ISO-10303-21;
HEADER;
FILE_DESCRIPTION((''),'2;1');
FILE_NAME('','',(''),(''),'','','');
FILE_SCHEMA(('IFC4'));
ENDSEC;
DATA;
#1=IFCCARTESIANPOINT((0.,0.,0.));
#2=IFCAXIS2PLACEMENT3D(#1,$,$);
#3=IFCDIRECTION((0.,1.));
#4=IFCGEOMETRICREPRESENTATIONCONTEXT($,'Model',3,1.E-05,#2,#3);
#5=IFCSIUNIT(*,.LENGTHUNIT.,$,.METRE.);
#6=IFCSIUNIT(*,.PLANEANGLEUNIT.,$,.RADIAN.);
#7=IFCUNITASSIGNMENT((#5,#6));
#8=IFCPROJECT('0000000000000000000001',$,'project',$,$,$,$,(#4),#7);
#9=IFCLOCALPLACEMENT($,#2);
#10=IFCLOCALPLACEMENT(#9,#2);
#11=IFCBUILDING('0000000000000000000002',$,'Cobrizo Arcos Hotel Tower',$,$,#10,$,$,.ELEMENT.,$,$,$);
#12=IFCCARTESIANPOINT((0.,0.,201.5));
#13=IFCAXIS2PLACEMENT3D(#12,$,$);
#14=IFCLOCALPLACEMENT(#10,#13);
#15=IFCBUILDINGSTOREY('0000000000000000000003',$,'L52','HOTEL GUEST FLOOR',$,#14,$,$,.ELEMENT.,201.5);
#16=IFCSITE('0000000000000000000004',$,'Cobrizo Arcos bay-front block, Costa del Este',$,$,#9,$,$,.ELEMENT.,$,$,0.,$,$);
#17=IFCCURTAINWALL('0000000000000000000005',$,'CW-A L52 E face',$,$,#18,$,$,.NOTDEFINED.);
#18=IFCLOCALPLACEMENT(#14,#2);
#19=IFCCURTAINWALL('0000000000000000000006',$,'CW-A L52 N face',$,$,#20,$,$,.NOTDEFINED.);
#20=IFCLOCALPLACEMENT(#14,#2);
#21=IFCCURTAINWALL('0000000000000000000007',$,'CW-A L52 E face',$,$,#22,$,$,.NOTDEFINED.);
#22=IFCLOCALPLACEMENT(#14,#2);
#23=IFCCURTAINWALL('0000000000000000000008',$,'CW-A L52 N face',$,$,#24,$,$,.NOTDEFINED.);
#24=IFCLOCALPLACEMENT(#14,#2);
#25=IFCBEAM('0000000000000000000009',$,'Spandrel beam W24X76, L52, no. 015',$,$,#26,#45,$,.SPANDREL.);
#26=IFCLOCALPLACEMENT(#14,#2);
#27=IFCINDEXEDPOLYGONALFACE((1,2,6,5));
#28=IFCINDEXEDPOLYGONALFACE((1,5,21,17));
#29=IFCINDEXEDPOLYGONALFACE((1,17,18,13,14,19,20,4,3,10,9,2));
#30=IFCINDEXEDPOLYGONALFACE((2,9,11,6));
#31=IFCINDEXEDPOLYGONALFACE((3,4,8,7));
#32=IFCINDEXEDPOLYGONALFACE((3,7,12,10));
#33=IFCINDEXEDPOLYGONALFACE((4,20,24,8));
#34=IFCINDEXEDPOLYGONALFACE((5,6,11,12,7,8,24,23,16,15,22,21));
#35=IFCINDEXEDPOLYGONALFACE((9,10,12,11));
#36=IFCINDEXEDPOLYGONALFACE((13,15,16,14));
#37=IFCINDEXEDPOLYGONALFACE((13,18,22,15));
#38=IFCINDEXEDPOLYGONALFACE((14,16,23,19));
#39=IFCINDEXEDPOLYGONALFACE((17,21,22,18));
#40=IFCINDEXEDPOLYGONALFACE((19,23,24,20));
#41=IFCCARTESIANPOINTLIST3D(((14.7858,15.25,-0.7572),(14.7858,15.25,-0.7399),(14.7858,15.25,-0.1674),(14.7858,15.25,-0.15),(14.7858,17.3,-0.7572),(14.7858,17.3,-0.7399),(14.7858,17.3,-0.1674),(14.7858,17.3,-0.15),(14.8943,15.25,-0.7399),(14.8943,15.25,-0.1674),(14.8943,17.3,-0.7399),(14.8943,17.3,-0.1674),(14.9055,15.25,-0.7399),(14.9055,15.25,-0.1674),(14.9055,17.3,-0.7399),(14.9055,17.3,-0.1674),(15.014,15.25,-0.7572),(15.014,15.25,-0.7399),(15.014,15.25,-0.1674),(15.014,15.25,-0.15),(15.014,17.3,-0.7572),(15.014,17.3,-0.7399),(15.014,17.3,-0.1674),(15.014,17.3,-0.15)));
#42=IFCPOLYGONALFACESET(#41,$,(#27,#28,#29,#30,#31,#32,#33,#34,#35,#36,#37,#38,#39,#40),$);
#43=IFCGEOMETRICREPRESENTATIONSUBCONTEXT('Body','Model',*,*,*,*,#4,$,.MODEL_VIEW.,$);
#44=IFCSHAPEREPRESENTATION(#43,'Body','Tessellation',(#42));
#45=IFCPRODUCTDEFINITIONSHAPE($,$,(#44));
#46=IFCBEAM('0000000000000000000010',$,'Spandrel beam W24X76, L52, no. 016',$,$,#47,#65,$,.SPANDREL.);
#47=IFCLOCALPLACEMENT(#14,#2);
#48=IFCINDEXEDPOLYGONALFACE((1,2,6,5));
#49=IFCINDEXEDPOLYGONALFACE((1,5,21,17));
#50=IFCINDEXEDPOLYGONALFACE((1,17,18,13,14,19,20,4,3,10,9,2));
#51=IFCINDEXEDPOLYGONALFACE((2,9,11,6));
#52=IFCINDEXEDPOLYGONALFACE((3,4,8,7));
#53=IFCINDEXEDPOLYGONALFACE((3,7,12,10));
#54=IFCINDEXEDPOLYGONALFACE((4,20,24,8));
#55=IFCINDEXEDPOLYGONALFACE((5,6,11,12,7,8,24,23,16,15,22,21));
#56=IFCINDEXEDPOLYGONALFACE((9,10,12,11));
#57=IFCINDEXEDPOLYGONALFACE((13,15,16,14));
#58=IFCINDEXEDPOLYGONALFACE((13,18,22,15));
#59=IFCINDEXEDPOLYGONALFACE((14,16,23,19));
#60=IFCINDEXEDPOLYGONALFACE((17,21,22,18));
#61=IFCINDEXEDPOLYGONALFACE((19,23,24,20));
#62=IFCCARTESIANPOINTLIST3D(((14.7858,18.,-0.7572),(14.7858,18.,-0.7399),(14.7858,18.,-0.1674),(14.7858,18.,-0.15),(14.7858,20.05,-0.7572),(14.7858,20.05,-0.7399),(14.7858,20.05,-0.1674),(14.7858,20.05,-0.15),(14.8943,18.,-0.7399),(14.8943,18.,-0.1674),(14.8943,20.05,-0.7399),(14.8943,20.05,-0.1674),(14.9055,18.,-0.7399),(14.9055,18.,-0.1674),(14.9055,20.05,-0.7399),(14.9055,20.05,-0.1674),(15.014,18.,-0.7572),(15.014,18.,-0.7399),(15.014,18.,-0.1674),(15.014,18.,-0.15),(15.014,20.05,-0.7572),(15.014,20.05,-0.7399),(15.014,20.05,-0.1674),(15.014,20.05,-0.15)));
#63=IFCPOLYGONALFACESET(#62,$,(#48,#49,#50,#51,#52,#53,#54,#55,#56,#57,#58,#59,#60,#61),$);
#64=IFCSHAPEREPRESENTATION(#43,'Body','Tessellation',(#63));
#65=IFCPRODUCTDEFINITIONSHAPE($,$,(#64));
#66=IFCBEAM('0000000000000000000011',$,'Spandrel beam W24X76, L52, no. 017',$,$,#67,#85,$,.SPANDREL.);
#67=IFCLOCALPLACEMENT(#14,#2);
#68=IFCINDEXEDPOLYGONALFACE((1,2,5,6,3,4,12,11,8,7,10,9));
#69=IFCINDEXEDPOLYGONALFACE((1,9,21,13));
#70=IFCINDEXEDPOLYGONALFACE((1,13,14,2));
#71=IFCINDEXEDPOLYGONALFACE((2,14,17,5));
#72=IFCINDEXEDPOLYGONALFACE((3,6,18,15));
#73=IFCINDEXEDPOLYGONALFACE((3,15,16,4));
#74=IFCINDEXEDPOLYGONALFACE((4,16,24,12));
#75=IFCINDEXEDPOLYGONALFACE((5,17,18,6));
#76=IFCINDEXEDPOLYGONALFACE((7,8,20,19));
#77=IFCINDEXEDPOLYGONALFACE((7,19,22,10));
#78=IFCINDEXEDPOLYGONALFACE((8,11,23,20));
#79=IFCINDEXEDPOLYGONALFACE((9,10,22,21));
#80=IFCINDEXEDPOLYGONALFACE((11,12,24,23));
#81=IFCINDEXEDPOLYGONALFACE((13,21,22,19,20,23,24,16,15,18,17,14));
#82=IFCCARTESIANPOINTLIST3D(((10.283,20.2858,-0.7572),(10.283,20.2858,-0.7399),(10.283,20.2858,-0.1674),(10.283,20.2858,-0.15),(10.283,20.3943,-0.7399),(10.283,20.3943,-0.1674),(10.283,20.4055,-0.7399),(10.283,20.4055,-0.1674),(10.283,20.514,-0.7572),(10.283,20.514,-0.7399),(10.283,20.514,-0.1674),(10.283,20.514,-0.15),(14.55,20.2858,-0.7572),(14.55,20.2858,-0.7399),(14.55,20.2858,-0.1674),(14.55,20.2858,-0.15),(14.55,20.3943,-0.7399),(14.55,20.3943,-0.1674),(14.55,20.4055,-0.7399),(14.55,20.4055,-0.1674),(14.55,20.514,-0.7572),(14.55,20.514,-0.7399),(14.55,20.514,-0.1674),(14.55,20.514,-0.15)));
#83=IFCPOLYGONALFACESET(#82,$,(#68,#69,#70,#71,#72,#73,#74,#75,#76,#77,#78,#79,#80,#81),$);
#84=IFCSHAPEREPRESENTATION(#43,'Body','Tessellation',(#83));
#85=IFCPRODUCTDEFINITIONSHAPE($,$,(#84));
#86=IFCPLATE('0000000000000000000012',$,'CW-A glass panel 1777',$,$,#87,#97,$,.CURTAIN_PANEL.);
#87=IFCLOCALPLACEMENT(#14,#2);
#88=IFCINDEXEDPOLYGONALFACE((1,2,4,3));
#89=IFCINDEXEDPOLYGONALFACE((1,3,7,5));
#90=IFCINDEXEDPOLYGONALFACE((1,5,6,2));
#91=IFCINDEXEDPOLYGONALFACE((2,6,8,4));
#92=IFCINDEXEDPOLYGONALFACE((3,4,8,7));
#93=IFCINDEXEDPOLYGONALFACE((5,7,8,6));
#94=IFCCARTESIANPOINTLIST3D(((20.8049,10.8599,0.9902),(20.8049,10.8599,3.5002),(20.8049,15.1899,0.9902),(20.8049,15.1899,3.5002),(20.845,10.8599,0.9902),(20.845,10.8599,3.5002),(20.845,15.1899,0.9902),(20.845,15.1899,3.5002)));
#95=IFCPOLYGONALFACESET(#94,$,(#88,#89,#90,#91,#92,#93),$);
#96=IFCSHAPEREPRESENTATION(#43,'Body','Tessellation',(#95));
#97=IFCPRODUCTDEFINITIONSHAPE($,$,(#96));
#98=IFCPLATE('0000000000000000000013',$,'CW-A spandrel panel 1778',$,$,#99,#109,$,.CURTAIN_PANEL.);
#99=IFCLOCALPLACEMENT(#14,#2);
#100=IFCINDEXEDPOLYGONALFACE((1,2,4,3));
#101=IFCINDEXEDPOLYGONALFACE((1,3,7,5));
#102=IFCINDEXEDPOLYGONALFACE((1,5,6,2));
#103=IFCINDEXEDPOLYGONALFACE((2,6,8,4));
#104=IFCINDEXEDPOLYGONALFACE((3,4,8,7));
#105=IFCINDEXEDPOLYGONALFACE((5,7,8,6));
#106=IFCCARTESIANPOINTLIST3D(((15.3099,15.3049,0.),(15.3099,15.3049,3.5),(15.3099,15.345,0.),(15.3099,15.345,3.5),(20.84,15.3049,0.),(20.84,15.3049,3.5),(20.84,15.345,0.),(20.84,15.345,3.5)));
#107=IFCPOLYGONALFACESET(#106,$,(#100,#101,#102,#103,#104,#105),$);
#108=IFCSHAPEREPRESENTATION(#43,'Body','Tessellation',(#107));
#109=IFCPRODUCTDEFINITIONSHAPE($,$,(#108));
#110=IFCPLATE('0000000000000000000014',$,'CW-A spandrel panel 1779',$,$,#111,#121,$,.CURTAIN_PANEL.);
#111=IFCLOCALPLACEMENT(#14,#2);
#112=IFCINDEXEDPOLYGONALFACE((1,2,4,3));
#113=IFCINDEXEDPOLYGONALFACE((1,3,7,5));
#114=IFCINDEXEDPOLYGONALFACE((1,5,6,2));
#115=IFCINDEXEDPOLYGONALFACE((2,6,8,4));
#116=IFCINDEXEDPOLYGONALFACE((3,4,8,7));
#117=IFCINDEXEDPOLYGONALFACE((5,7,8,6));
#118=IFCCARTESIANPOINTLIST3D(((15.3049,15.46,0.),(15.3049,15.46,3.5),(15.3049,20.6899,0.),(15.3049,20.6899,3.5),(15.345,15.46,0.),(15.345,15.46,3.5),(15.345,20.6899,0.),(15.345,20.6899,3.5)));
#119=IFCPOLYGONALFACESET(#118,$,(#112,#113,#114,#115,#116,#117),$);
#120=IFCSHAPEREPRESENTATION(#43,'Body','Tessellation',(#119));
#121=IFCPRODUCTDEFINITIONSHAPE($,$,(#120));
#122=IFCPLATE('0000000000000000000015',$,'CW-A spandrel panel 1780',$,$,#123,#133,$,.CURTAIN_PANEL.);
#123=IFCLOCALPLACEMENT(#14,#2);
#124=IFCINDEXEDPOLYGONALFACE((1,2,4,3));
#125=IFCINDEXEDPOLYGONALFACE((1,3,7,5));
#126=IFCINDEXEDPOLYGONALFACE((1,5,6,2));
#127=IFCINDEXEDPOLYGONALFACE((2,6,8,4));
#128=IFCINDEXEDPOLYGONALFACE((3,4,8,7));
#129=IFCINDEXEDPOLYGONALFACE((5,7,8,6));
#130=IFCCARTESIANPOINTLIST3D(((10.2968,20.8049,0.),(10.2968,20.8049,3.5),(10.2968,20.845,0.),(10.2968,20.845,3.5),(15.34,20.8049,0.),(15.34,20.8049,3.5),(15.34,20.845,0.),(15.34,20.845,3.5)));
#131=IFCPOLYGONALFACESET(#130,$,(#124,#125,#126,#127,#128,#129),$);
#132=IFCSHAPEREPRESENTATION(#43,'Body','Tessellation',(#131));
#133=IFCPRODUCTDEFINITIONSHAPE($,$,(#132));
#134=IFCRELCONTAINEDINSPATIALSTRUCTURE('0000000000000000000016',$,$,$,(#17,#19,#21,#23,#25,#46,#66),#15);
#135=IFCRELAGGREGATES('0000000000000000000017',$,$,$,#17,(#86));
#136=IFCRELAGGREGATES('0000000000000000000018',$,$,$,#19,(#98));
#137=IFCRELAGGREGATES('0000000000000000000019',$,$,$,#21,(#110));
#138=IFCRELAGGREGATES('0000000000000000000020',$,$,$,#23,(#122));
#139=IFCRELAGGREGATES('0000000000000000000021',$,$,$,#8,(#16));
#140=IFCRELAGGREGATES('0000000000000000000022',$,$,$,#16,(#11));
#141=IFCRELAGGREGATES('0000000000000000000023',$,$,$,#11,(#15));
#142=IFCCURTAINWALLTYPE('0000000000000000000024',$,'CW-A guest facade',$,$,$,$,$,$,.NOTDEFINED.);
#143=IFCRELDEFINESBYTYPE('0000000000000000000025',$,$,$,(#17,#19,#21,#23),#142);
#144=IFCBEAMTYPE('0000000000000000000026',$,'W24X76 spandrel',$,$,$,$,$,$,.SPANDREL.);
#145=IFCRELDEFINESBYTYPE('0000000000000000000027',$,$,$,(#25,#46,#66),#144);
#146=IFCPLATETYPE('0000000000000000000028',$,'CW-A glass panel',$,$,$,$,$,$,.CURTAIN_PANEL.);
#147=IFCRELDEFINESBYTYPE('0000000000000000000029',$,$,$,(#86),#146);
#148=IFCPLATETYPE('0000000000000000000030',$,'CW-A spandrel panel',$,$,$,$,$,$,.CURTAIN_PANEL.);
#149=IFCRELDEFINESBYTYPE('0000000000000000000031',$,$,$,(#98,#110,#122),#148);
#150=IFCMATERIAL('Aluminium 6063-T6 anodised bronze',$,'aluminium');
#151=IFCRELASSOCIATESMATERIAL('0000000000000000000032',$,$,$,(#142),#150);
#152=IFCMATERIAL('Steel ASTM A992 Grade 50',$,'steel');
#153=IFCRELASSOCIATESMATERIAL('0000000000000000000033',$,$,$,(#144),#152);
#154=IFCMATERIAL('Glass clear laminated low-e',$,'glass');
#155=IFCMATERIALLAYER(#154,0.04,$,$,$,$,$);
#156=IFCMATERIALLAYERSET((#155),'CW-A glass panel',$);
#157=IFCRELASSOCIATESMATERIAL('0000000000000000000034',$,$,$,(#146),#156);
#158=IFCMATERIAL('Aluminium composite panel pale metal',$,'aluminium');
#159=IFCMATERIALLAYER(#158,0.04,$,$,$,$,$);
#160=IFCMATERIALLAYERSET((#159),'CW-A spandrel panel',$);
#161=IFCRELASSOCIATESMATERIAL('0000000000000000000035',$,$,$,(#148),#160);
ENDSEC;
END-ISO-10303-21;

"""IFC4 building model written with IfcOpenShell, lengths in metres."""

from ifc_helpers import new_model, si_unit, direction, frame, origin, origin_2d, place, context, subcontext, project, spatial, rectangle, i_section, extrude, material, layer, layer_set, material_profile, profile_set, type_object, element, aggregate, save


model = new_model("IFC4")

# Units and contexts
model_context = context("Model", 3, precision=1e-05, world=origin(), true_north=direction((0.0, 1.0)))
body_context = subcontext(model_context, "Body", "Model", "MODEL_VIEW")
ifc_project = project(units=[si_unit("LENGTHUNIT", "METRE"), si_unit("PLANEANGLEUNIT", "RADIAN")], contexts=[model_context])

# Site, building, storey
site_placement = place(None, origin())
site = spatial("IfcSite", under=ifc_project, at=site_placement, Name="Cobrizo Arcos bay-front block, Costa del Este", CompositionType="ELEMENT", RefElevation=0.0)
building_placement = place(site_placement, origin())
building = spatial("IfcBuilding", under=site, at=building_placement, Name="Cobrizo Arcos Hotel Tower", CompositionType="ELEMENT")
storey_placement = place(building_placement, frame((0.0, 0.0, 201.5)))
storey = spatial("IfcBuildingStorey", under=building, at=storey_placement, Name="L52", Description="HOTEL GUEST FLOOR", CompositionType="ELEMENT", Elevation=201.5)

# Curtain wall
ifc_material_1 = material(Name="Aluminium 6063-T6 anodised bronze", Category="aluminium")
curtain_wall_type = type_object("IfcCurtainWallType", Name="CW-A guest facade", PredefinedType="NOTDEFINED", material=ifc_material_1)
curtain_wall_1_placement = place(storey_placement, origin())
curtain_wall_1 = element("IfcCurtainWall", 1, at=curtain_wall_1_placement, inside=storey, type_object=curtain_wall_type, Name="CW-A L52 E face", PredefinedType="NOTDEFINED")

# Curtain walls
curtain_wall_2_placement = place(storey_placement, origin())
curtain_wall_2 = element("IfcCurtainWall", 2, at=curtain_wall_2_placement, inside=storey, type_object=curtain_wall_type, Name="CW-A L52 N face", PredefinedType="NOTDEFINED")
curtain_wall_3_placement = place(storey_placement, origin())
curtain_wall_3 = element("IfcCurtainWall", 3, at=curtain_wall_3_placement, inside=storey, type_object=curtain_wall_type, Name="CW-A L52 E face", PredefinedType="NOTDEFINED")

# Curtain wall
curtain_wall_4_placement = place(storey_placement, origin())
curtain_wall_4 = element("IfcCurtainWall", 4, at=curtain_wall_4_placement, inside=storey, type_object=curtain_wall_type, Name="CW-A L52 N face", PredefinedType="NOTDEFINED")

# Beams
ifc_material_2 = material(Name="Steel ASTM A992 Grade 50", Category="steel")
ifc_material_profile_1 = material_profile(ifc_material_2, i_section(OverallWidth=0.2283, OverallDepth=0.6072, WebThickness=0.0112, FlangeThickness=0.0173, at=origin_2d()), Name="W24X76")
ifc_profile_set_1 = profile_set([ifc_material_profile_1], Name="Steel ASTM A992 Grade 50")
beam_type = type_object("IfcBeamType", Name="W24X76 spandrel", PredefinedType="SPANDREL", material=ifc_profile_set_1)
for number, where, z_axis, x_axis, name in (
    (5, (14.8999, 15.25, -0.4536), (0.0, 1.0, 0.0), (-1.0, 0.0, 0.0), "Spandrel beam W24X76, L52, no. 015"),
    (6, (14.8999, 18.0, -0.4536), (0.0, 1.0, 0.0), (-1.0, 0.0, 0.0), "Spandrel beam W24X76, L52, no. 016"),
):
    element("IfcBeam", number, at=place(storey_placement, frame(where, z_axis=z_axis, x_axis=x_axis)), inside=storey, type_object=beam_type, Name=name, PredefinedType="SPANDREL", context=body_context, shape_type="SweptSolid", body=[
        extrude(i_section(OverallWidth=0.2283, OverallDepth=0.6072, WebThickness=0.0112, FlangeThickness=0.0173, at=origin_2d()), origin(), (0.0, 0.0, 1.0), 2.05),
    ])
beam_placement = place(storey_placement, frame((14.55, 20.3999, -0.4536), z_axis=(-1.0, 0.0, 0.0), x_axis=(0.0, -1.0, 0.0)))
element("IfcBeam", 7, at=beam_placement, inside=storey, type_object=beam_type, Name="Spandrel beam W24X76, L52, no. 017", PredefinedType="SPANDREL", context=body_context, shape_type="SweptSolid", body=[
    extrude(i_section(OverallWidth=0.2283, OverallDepth=0.6072, WebThickness=0.0112, FlangeThickness=0.0173, at=origin_2d()), origin(), (0.0, 0.0, 1.0), 4.2671),
])

# Plates
ifc_material_3 = material(Name="Glass clear laminated low-e", Category="glass")
ifc_layer_1 = layer(ifc_material_3, 0.04)
ifc_layer_set_1 = layer_set([ifc_layer_1], Name="CW-A glass panel")
plate_type_1 = type_object("IfcPlateType", Name="CW-A glass panel", PredefinedType="CURTAIN_PANEL", material=ifc_layer_set_1)
plate_1_placement = place(storey_placement, frame((20.825, 13.0249, 0.9902), z_axis=(0.0, 0.0, 1.0), x_axis=(0.0, 1.0, 0.0)))
plate_1 = element("IfcPlate", 8, at=plate_1_placement, type_object=plate_type_1, Name="CW-A glass panel 1777", PredefinedType="CURTAIN_PANEL", context=body_context, shape_type="SweptSolid", body=[
    extrude(rectangle(XDim=4.3301, YDim=0.04, at=origin_2d()), origin(), (0.0, 0.0, 1.0), 2.51),
])
aggregate(curtain_wall_1, [plate_1])
ifc_material_4 = material(Name="Aluminium composite panel pale metal", Category="aluminium")
ifc_layer_2 = layer(ifc_material_4, 0.04)
ifc_layer_set_2 = layer_set([ifc_layer_2], Name="CW-A spandrel panel")
plate_type_2 = type_object("IfcPlateType", Name="CW-A spandrel panel", PredefinedType="CURTAIN_PANEL", material=ifc_layer_set_2)
plate_2_placement = place(storey_placement, frame((18.075, 15.325, 0.0), z_axis=(0.0, 0.0, 1.0), x_axis=(-1.0, 0.0, 0.0)))
plate_2 = element("IfcPlate", 9, at=plate_2_placement, type_object=plate_type_2, Name="CW-A spandrel panel 1778", PredefinedType="CURTAIN_PANEL", context=body_context, shape_type="SweptSolid", body=[
    extrude(rectangle(XDim=5.53, YDim=0.04, at=origin_2d()), origin(), (0.0, 0.0, 1.0), 3.5),
])
aggregate(curtain_wall_2, [plate_2])
plate_3_placement = place(storey_placement, frame((15.325, 18.075, 0.0), z_axis=(0.0, 0.0, 1.0), x_axis=(0.0, 1.0, 0.0)))
plate_3 = element("IfcPlate", 10, at=plate_3_placement, type_object=plate_type_2, Name="CW-A spandrel panel 1779", PredefinedType="CURTAIN_PANEL", context=body_context, shape_type="SweptSolid", body=[
    extrude(rectangle(XDim=5.23, YDim=0.04, at=origin_2d()), origin(), (0.0, 0.0, 1.0), 3.5),
])
aggregate(curtain_wall_3, [plate_3])
plate_4_placement = place(storey_placement, frame((12.8184, 20.825, 0.0), z_axis=(0.0, 0.0, 1.0), x_axis=(-1.0, 0.0, 0.0)))
plate_4 = element("IfcPlate", 11, at=plate_4_placement, type_object=plate_type_2, Name="CW-A spandrel panel 1780", PredefinedType="CURTAIN_PANEL", context=body_context, shape_type="SweptSolid", body=[
    extrude(rectangle(XDim=5.0432, YDim=0.04, at=origin_2d()), origin(), (0.0, 0.0, 1.0), 3.5),
])
aggregate(curtain_wall_4, [plate_4])

save(model, "model.ifc")
